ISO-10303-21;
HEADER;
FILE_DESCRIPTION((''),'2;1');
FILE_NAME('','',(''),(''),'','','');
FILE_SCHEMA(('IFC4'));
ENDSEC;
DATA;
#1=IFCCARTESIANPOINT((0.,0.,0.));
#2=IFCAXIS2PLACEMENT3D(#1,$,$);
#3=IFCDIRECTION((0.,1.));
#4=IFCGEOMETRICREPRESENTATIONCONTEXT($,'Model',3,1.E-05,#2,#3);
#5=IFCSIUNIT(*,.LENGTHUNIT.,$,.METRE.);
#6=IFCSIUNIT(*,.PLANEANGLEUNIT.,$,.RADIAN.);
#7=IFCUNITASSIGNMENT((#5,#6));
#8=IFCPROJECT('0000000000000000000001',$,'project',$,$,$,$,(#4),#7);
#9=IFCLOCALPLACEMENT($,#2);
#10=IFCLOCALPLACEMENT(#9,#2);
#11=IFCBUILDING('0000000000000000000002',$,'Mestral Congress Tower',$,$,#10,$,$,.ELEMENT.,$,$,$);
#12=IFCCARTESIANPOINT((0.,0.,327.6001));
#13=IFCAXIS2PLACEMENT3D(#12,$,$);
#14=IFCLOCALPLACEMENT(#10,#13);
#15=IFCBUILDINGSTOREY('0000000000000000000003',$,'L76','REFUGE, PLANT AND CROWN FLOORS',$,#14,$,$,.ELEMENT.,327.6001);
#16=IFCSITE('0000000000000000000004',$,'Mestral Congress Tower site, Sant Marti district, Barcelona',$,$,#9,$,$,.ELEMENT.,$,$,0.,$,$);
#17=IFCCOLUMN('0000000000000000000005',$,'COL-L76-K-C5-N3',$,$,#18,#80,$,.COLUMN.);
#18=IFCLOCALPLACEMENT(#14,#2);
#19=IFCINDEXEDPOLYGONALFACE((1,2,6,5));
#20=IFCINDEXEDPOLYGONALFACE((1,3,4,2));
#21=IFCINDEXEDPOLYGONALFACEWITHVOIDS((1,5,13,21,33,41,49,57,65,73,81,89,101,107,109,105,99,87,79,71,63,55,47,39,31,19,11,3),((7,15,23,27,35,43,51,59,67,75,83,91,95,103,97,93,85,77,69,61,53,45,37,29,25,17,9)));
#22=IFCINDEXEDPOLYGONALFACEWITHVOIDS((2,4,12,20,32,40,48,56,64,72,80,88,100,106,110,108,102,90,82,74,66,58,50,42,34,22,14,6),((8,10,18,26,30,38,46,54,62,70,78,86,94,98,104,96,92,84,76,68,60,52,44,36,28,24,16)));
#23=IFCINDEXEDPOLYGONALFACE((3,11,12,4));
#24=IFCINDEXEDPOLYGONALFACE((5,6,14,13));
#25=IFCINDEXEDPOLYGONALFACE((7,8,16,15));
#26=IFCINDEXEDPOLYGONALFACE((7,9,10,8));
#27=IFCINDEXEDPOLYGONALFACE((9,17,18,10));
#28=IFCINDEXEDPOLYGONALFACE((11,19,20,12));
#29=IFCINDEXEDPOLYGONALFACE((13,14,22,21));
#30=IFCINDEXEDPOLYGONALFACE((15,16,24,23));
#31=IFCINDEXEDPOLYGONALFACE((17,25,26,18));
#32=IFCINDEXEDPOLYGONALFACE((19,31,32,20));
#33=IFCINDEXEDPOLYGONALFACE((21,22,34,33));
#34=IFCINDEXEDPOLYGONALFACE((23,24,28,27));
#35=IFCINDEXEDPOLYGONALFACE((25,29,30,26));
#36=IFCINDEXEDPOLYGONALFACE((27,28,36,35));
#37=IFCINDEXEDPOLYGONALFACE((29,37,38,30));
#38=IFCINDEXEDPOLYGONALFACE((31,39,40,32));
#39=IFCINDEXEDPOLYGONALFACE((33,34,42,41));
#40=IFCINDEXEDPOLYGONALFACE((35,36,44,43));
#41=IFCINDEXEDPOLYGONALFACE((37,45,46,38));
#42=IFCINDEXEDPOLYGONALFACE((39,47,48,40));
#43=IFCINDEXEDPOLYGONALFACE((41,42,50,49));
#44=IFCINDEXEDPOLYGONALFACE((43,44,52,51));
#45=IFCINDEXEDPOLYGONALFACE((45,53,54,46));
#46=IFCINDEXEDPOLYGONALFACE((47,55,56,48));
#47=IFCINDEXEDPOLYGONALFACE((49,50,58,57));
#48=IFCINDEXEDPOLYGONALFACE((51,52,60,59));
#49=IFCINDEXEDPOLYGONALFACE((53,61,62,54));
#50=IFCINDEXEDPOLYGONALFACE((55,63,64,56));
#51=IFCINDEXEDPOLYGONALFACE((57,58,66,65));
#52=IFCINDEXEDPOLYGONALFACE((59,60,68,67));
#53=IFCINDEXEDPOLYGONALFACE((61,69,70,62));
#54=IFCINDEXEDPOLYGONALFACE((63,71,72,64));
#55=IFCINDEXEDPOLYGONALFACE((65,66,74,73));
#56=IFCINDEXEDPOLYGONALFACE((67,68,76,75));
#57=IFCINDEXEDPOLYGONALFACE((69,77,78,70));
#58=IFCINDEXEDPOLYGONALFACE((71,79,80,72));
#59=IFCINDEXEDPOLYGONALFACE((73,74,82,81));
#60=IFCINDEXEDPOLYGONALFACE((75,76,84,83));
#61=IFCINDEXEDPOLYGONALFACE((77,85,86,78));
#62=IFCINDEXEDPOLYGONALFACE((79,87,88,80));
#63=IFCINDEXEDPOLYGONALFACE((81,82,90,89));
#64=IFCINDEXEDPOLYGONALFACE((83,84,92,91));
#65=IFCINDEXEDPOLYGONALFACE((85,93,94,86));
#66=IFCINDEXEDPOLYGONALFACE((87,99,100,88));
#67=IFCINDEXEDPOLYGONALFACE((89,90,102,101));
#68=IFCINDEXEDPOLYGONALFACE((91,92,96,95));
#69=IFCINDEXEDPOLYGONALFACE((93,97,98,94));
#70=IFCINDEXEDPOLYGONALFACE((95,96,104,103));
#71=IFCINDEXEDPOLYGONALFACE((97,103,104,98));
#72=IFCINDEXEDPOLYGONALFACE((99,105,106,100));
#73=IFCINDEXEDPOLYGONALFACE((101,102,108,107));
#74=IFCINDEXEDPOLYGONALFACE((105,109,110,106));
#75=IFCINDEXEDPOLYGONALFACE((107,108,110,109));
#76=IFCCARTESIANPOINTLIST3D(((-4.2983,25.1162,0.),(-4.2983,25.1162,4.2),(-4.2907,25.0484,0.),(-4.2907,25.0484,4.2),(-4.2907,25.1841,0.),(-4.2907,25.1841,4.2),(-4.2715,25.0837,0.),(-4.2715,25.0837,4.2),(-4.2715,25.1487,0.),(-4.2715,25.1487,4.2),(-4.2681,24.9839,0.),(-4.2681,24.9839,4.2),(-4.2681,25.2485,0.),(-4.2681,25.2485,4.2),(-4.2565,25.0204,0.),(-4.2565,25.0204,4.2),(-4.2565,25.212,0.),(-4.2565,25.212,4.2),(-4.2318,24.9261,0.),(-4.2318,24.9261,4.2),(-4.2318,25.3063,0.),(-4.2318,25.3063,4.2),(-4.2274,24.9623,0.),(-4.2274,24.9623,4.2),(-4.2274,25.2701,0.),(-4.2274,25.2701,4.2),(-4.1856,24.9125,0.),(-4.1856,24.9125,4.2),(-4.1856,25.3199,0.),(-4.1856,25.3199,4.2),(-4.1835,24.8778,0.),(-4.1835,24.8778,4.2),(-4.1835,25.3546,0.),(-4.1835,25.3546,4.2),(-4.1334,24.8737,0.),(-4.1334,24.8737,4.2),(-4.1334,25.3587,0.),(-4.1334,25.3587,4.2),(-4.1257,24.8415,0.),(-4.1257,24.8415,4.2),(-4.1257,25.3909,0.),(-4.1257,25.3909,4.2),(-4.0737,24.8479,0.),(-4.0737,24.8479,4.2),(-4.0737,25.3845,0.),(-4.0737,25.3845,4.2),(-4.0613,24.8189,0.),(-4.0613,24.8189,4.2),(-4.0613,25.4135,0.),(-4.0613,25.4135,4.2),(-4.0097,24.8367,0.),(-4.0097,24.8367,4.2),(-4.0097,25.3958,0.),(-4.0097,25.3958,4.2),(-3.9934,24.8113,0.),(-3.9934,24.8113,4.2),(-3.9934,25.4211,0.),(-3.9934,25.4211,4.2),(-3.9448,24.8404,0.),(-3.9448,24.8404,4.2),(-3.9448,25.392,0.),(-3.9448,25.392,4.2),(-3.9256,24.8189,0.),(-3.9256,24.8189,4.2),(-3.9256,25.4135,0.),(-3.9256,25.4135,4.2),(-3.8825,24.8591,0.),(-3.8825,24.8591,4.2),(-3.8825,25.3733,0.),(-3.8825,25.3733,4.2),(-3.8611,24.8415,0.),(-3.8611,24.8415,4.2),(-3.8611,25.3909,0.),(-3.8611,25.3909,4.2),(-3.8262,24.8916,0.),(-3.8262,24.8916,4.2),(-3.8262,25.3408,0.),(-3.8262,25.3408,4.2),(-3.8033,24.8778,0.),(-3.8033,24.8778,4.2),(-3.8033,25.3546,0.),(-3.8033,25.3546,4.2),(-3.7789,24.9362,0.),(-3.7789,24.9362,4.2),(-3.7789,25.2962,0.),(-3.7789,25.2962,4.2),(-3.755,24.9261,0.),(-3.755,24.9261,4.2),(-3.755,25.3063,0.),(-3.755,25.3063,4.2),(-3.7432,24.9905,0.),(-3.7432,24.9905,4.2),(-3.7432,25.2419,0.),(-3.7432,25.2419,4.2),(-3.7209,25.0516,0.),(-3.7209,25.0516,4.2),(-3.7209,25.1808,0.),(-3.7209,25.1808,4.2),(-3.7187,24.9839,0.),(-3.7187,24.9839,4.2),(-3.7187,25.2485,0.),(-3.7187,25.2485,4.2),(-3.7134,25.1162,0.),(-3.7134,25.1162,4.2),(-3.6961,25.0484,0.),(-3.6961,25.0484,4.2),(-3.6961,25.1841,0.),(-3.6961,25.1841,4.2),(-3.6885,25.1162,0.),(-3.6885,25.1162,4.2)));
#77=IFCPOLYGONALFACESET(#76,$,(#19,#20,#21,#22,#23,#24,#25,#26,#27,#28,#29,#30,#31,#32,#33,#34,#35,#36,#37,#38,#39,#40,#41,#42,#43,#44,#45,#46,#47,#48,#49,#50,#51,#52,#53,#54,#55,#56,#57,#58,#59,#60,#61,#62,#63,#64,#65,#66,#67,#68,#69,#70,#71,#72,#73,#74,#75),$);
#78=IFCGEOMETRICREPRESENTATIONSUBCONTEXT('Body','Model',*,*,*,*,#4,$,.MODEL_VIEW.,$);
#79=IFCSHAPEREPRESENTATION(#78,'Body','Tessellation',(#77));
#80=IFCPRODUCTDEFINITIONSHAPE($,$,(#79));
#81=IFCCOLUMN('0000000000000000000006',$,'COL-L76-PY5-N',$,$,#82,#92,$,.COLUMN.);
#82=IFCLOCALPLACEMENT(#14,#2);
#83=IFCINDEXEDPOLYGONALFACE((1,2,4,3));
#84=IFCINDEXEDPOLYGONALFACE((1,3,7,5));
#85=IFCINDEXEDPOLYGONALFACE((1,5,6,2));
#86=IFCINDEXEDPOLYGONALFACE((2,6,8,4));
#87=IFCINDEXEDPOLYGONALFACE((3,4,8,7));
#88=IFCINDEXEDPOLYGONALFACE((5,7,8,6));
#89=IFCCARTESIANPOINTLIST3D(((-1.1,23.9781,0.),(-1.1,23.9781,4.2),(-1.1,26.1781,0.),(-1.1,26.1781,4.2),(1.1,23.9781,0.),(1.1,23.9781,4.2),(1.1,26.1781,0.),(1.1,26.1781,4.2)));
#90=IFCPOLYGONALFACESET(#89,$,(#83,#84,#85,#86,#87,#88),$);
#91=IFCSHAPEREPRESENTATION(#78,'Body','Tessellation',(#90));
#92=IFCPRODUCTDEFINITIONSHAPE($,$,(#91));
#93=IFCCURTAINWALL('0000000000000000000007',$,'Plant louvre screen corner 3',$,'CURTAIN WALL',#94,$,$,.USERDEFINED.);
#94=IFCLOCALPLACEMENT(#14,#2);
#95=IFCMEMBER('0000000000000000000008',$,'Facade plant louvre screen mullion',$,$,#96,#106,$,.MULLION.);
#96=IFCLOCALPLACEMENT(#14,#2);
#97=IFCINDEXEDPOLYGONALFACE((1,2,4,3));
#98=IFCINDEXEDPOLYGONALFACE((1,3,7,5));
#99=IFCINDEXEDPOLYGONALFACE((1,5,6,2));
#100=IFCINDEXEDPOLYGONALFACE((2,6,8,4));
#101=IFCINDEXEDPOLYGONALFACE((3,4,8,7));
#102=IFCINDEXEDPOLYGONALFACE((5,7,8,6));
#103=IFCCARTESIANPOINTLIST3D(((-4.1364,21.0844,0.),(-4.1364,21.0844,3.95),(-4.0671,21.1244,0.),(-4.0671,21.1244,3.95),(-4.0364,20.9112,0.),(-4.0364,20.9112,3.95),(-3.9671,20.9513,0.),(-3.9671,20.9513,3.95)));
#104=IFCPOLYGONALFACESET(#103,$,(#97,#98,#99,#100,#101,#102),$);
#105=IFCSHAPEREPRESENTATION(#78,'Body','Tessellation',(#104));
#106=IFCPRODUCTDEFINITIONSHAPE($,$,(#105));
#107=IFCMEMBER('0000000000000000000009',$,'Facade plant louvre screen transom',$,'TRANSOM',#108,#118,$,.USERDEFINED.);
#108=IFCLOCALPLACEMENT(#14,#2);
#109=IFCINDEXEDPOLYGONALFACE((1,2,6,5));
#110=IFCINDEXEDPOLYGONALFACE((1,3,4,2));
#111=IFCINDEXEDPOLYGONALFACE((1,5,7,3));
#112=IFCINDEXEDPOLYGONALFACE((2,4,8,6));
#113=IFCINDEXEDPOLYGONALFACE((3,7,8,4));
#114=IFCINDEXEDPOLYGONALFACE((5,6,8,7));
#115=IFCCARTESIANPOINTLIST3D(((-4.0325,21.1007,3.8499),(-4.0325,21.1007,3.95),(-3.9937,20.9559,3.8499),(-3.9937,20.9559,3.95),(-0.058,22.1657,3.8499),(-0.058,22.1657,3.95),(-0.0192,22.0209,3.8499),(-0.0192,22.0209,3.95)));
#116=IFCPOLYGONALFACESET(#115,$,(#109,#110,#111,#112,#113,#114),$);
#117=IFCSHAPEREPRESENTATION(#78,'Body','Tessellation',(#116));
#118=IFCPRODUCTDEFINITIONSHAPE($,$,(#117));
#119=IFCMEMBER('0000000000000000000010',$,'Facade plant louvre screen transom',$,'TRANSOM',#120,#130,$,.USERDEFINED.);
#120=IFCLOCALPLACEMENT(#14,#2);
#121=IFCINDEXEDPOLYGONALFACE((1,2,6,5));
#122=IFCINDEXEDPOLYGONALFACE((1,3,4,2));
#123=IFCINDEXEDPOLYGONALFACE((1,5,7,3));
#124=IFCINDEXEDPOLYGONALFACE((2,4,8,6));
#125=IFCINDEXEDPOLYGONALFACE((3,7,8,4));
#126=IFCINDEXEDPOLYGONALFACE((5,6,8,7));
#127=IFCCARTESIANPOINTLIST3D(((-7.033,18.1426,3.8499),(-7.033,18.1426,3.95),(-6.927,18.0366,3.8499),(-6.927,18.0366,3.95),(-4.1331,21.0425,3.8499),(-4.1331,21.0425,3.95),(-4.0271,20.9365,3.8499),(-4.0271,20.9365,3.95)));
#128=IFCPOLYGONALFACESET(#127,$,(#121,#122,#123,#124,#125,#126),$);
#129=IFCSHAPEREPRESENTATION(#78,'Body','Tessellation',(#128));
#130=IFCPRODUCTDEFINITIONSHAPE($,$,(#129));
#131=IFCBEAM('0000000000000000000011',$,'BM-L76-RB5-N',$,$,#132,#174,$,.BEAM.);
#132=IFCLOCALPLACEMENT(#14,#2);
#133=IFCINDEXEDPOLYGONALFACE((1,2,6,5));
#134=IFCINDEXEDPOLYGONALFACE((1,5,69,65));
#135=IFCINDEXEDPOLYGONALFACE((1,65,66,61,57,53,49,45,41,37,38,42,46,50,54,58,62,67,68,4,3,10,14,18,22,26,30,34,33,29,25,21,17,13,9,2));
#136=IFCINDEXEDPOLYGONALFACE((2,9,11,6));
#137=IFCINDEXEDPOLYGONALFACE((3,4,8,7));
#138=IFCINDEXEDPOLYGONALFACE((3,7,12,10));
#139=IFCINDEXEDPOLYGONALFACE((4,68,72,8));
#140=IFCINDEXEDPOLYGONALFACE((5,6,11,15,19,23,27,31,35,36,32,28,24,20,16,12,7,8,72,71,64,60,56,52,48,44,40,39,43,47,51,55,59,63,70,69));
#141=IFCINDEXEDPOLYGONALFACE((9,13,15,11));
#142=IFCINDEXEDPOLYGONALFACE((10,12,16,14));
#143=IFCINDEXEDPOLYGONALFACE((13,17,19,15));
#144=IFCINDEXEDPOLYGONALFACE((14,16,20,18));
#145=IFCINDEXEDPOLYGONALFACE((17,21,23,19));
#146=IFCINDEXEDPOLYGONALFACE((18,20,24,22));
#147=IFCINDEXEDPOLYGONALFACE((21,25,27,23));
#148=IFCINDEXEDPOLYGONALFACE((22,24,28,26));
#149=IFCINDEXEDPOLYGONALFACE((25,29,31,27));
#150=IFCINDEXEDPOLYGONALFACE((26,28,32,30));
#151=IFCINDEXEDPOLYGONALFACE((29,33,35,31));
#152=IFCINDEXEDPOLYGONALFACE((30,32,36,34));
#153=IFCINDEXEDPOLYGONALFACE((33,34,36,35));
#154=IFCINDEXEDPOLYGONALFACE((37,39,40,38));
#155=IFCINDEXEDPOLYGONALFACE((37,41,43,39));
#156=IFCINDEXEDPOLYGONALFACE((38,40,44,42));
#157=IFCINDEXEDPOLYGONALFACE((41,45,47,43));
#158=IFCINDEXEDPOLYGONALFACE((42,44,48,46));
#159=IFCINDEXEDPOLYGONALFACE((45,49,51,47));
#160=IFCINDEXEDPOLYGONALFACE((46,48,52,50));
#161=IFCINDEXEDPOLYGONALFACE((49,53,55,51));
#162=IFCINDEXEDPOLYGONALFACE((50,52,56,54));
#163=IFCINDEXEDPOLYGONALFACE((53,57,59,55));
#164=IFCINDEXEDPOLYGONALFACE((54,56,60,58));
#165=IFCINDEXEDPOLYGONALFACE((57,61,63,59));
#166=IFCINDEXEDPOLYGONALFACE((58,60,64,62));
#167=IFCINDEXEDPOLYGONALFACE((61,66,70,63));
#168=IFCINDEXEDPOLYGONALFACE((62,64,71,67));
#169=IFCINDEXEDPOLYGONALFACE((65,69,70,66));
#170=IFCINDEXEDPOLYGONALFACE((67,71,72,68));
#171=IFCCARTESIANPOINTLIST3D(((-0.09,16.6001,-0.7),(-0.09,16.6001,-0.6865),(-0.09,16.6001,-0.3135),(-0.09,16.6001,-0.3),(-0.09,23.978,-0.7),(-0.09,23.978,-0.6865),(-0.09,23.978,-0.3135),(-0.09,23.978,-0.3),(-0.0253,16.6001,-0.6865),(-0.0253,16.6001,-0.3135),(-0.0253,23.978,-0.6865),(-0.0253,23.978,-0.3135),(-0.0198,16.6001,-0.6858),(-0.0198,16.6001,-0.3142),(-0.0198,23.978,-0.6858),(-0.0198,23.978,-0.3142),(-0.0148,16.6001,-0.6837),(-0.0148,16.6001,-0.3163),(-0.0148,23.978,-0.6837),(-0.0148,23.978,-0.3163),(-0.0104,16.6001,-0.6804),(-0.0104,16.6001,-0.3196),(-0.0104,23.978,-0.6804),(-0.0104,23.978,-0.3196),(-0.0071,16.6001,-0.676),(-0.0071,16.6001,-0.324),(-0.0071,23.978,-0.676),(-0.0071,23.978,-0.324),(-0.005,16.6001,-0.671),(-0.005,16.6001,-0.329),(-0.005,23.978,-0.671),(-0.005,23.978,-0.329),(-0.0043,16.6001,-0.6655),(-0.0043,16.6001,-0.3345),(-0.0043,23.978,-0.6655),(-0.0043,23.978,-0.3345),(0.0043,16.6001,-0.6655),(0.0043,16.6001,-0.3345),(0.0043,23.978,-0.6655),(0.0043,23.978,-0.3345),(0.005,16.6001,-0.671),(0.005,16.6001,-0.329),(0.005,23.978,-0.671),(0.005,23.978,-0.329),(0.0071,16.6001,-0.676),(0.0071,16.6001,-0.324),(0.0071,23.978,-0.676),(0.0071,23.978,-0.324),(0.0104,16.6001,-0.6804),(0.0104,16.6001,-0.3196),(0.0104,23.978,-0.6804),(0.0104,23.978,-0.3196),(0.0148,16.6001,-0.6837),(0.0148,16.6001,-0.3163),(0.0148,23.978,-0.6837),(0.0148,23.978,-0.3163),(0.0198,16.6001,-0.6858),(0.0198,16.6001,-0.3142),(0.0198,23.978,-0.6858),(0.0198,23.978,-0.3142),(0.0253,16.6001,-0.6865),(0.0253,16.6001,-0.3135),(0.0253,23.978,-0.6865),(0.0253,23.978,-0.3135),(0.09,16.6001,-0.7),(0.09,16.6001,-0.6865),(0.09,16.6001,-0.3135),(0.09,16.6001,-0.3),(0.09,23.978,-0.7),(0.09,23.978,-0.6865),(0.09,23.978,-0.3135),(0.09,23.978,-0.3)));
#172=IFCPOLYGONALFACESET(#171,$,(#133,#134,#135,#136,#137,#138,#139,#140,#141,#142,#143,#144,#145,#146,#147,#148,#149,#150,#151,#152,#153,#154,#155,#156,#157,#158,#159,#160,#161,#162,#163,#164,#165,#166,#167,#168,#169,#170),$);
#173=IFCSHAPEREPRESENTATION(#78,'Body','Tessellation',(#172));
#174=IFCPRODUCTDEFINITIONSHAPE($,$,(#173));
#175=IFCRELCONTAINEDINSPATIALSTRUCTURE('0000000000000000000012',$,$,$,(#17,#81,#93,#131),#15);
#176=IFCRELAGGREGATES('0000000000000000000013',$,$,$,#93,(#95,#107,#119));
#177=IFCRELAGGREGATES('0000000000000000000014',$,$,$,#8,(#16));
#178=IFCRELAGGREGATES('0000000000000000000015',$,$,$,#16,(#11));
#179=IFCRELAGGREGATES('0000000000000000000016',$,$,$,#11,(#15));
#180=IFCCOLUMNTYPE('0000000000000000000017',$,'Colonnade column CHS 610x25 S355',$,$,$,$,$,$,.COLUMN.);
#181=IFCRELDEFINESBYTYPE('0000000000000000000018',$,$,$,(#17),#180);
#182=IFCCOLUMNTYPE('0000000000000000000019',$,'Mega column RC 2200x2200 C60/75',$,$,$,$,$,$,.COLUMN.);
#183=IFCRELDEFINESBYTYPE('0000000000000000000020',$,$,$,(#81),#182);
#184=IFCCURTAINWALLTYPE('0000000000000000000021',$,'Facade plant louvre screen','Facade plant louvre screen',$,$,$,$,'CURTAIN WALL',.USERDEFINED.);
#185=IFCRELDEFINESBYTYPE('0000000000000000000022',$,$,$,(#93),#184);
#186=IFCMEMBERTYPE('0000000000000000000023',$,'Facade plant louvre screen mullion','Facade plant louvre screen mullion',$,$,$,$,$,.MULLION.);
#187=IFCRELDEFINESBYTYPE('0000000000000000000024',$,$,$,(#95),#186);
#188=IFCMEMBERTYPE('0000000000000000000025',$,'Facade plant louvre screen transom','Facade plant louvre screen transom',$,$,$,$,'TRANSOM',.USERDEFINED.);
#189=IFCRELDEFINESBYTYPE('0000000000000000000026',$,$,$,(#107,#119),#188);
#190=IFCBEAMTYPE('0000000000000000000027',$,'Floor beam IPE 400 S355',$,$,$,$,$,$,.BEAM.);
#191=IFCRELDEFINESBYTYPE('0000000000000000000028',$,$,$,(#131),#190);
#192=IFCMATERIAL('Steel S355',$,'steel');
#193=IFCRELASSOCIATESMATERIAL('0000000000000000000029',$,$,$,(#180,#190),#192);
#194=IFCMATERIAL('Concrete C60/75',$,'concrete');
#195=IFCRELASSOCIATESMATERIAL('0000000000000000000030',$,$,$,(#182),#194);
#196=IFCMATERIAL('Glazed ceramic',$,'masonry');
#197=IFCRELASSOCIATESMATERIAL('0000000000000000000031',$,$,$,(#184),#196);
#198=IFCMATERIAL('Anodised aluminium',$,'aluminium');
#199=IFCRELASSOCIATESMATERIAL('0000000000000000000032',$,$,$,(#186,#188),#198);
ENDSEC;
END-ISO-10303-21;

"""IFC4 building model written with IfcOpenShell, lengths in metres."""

from ifc_helpers import new_model, si_unit, direction, frame, origin, origin_2d, place, context, subcontext, project, spatial, rectangle, hollow_circle, i_section, extrude, material, material_profile, profile_set, type_object, element, aggregate, save


model = new_model("IFC4")

# Units and contexts
model_context = context("Model", 3, precision=1e-05, world=origin(), true_north=direction((0.0, 1.0)))
body_context = subcontext(model_context, "Body", "Model", "MODEL_VIEW")
ifc_project = project(units=[si_unit("LENGTHUNIT", "METRE"), si_unit("PLANEANGLEUNIT", "RADIAN")], contexts=[model_context])

# Site, building, storey
site_placement = place(None, origin())
site = spatial("IfcSite", under=ifc_project, at=site_placement, Name="Mestral Congress Tower site, Sant Marti district, Barcelona", CompositionType="ELEMENT", RefElevation=0.0)
building_placement = place(site_placement, origin())
building = spatial("IfcBuilding", under=site, at=building_placement, Name="Mestral Congress Tower", CompositionType="ELEMENT")
storey_placement = place(building_placement, frame((0.0, 0.0, 327.6001)))
storey = spatial("IfcBuildingStorey", under=building, at=storey_placement, Name="L76", Description="REFUGE, PLANT AND CROWN FLOORS", CompositionType="ELEMENT", Elevation=327.6001)

# Columns
ifc_material_1 = material(Name="Steel S355", Category="steel")
ifc_material_profile_1 = material_profile(ifc_material_1, hollow_circle(Radius=0.3049, WallThickness=0.0249, at=origin_2d()), Name="CHS 610x25")
ifc_profile_set_1 = profile_set([ifc_material_profile_1], Name="Steel S355")
column_type_1 = type_object("IfcColumnType", Name="Colonnade column CHS 610x25 S355", PredefinedType="COLUMN", material=ifc_profile_set_1)
column_1_placement = place(storey_placement, frame((-3.9934, 25.1162, 0.0), z_axis=(0.0, 0.0, 1.0), x_axis=(1.0, 0.0, 0.0)))
element("IfcColumn", 1, at=column_1_placement, inside=storey, type_object=column_type_1, Name="COL-L76-K-C5-N3", PredefinedType="COLUMN", context=body_context, shape_type="SweptSolid", body=[
    extrude(hollow_circle(Radius=0.3049, WallThickness=0.0249, at=origin_2d()), origin(), (0.0, 0.0, 1.0), 4.2),
])
ifc_material_2 = material(Name="Concrete C60/75", Category="concrete")
ifc_material_profile_2 = material_profile(ifc_material_2, rectangle(XDim=2.2, YDim=2.2, at=origin_2d()), Name="RC 2200x2200")
ifc_profile_set_2 = profile_set([ifc_material_profile_2], Name="Concrete C60/75")
column_type_2 = type_object("IfcColumnType", Name="Mega column RC 2200x2200 C60/75", PredefinedType="COLUMN", material=ifc_profile_set_2)
column_2_placement = place(storey_placement, frame((0.0, 25.0781, 0.0), z_axis=(0.0, 0.0, 1.0), x_axis=(0.0, 1.0, 0.0)))
element("IfcColumn", 2, at=column_2_placement, inside=storey, type_object=column_type_2, Name="COL-L76-PY5-N", PredefinedType="COLUMN", context=body_context, shape_type="SweptSolid", body=[
    extrude(rectangle(XDim=2.2, YDim=2.2, at=origin_2d()), origin(), (0.0, 0.0, 1.0), 4.2),
])

# Curtain wall, members
ifc_material_3 = material(Name="Glazed ceramic", Category="masonry")
curtain_wall_type = type_object("IfcCurtainWallType", Name="Facade plant louvre screen", Description="Facade plant louvre screen", ElementType="CURTAIN WALL", PredefinedType="USERDEFINED", material=ifc_material_3)
placement = place(storey_placement, origin())
curtain_wall = element("IfcCurtainWall", 3, at=placement, inside=storey, type_object=curtain_wall_type, Name="Plant louvre screen corner 3", ObjectType="CURTAIN WALL", PredefinedType="USERDEFINED")
ifc_material_4 = material(Name="Anodised aluminium", Category="aluminium")
ifc_material_profile_3 = material_profile(ifc_material_4, rectangle(XDim=0.2, YDim=0.0801, at=origin_2d()), Name="CW6 mullion 200 x 80")
ifc_profile_set_3 = profile_set([ifc_material_profile_3], Name="Anodised aluminium")
member_type_1 = type_object("IfcMemberType", Name="Facade plant louvre screen mullion", Description="Facade plant louvre screen mullion", PredefinedType="MULLION", material=ifc_profile_set_3)
member_1_placement = place(storey_placement, frame((-4.0518, 21.0178, 0.0), z_axis=(0.0, 0.0, 1.0), x_axis=(-0.5, 0.866025, 0.0)))
member_1 = element("IfcMember", 4, at=member_1_placement, type_object=member_type_1, Name="Facade plant louvre screen mullion", PredefinedType="MULLION", context=body_context, shape_type="SweptSolid", body=[
    extrude(rectangle(XDim=0.2, YDim=0.0801, at=origin_2d()), origin(), (0.0, 0.0, 1.0), 3.95),
])
ifc_material_profile_4 = material_profile(ifc_material_4, rectangle(XDim=0.1499, YDim=0.1001, at=origin_2d()), Name="CW6 transom 150 x 100")
ifc_profile_set_4 = profile_set([ifc_material_profile_4], Name="Anodised aluminium")
member_type_2 = type_object("IfcMemberType", Name="Facade plant louvre screen transom", Description="Facade plant louvre screen transom", ElementType="TRANSOM", PredefinedType="USERDEFINED", material=ifc_profile_set_4)
member_2_placement = place(storey_placement, frame((-0.0386, 22.0933, 3.8999), z_axis=(-0.965929, -0.258807, 0.0), x_axis=(0.258807, -0.965929, 0.0)))
member_2 = element("IfcMember", 5, at=member_2_placement, type_object=member_type_2, Name="Facade plant louvre screen transom", ObjectType="TRANSOM", PredefinedType="USERDEFINED", context=body_context, shape_type="SweptSolid", body=[
    extrude(rectangle(XDim=0.1499, YDim=0.1001, at=origin_2d()), origin(), (0.0, 0.0, 1.0), 4.1147),
])
member_3_placement = place(storey_placement, frame((-4.0801, 20.9895, 3.8999), z_axis=(-0.707107, -0.707107, 0.0), x_axis=(0.707107, -0.707107, 0.0)))
member_3 = element("IfcMember", 6, at=member_3_placement, type_object=member_type_2, Name="Facade plant louvre screen transom", ObjectType="TRANSOM", PredefinedType="USERDEFINED", context=body_context, shape_type="SweptSolid", body=[
    extrude(rectangle(XDim=0.1499, YDim=0.1001, at=origin_2d()), origin(), (0.0, 0.0, 1.0), 4.1011),
])

# Beam
ifc_material_profile_5 = material_profile(ifc_material_1, i_section(OverallWidth=0.1799, OverallDepth=0.3999, WebThickness=0.0085, FlangeThickness=0.0134, FilletRadius=0.021, at=origin_2d()), Name="IPE 400")
ifc_profile_set_5 = profile_set([ifc_material_profile_5], Name="Steel S355")
beam_type_1 = type_object("IfcBeamType", Name="Floor beam IPE 400 S355", PredefinedType="BEAM", material=ifc_profile_set_5)
beam_1_placement = place(storey_placement, frame((0.0, 23.978, -0.5), z_axis=(0.0, -1.0, 0.0), x_axis=(1.0, 0.0, 0.0)))
element("IfcBeam", 7, at=beam_1_placement, inside=storey, type_object=beam_type_1, Name="BM-L76-RB5-N", PredefinedType="BEAM", context=body_context, shape_type="SweptSolid", body=[
    extrude(i_section(OverallWidth=0.1799, OverallDepth=0.3999, WebThickness=0.0085, FlangeThickness=0.0134, FilletRadius=0.021, at=origin_2d()), origin(), (0.0, 0.0, 1.0), 7.3779),
])

aggregate(curtain_wall, [member_1, member_2, member_3])

save(model, "model.ifc")
